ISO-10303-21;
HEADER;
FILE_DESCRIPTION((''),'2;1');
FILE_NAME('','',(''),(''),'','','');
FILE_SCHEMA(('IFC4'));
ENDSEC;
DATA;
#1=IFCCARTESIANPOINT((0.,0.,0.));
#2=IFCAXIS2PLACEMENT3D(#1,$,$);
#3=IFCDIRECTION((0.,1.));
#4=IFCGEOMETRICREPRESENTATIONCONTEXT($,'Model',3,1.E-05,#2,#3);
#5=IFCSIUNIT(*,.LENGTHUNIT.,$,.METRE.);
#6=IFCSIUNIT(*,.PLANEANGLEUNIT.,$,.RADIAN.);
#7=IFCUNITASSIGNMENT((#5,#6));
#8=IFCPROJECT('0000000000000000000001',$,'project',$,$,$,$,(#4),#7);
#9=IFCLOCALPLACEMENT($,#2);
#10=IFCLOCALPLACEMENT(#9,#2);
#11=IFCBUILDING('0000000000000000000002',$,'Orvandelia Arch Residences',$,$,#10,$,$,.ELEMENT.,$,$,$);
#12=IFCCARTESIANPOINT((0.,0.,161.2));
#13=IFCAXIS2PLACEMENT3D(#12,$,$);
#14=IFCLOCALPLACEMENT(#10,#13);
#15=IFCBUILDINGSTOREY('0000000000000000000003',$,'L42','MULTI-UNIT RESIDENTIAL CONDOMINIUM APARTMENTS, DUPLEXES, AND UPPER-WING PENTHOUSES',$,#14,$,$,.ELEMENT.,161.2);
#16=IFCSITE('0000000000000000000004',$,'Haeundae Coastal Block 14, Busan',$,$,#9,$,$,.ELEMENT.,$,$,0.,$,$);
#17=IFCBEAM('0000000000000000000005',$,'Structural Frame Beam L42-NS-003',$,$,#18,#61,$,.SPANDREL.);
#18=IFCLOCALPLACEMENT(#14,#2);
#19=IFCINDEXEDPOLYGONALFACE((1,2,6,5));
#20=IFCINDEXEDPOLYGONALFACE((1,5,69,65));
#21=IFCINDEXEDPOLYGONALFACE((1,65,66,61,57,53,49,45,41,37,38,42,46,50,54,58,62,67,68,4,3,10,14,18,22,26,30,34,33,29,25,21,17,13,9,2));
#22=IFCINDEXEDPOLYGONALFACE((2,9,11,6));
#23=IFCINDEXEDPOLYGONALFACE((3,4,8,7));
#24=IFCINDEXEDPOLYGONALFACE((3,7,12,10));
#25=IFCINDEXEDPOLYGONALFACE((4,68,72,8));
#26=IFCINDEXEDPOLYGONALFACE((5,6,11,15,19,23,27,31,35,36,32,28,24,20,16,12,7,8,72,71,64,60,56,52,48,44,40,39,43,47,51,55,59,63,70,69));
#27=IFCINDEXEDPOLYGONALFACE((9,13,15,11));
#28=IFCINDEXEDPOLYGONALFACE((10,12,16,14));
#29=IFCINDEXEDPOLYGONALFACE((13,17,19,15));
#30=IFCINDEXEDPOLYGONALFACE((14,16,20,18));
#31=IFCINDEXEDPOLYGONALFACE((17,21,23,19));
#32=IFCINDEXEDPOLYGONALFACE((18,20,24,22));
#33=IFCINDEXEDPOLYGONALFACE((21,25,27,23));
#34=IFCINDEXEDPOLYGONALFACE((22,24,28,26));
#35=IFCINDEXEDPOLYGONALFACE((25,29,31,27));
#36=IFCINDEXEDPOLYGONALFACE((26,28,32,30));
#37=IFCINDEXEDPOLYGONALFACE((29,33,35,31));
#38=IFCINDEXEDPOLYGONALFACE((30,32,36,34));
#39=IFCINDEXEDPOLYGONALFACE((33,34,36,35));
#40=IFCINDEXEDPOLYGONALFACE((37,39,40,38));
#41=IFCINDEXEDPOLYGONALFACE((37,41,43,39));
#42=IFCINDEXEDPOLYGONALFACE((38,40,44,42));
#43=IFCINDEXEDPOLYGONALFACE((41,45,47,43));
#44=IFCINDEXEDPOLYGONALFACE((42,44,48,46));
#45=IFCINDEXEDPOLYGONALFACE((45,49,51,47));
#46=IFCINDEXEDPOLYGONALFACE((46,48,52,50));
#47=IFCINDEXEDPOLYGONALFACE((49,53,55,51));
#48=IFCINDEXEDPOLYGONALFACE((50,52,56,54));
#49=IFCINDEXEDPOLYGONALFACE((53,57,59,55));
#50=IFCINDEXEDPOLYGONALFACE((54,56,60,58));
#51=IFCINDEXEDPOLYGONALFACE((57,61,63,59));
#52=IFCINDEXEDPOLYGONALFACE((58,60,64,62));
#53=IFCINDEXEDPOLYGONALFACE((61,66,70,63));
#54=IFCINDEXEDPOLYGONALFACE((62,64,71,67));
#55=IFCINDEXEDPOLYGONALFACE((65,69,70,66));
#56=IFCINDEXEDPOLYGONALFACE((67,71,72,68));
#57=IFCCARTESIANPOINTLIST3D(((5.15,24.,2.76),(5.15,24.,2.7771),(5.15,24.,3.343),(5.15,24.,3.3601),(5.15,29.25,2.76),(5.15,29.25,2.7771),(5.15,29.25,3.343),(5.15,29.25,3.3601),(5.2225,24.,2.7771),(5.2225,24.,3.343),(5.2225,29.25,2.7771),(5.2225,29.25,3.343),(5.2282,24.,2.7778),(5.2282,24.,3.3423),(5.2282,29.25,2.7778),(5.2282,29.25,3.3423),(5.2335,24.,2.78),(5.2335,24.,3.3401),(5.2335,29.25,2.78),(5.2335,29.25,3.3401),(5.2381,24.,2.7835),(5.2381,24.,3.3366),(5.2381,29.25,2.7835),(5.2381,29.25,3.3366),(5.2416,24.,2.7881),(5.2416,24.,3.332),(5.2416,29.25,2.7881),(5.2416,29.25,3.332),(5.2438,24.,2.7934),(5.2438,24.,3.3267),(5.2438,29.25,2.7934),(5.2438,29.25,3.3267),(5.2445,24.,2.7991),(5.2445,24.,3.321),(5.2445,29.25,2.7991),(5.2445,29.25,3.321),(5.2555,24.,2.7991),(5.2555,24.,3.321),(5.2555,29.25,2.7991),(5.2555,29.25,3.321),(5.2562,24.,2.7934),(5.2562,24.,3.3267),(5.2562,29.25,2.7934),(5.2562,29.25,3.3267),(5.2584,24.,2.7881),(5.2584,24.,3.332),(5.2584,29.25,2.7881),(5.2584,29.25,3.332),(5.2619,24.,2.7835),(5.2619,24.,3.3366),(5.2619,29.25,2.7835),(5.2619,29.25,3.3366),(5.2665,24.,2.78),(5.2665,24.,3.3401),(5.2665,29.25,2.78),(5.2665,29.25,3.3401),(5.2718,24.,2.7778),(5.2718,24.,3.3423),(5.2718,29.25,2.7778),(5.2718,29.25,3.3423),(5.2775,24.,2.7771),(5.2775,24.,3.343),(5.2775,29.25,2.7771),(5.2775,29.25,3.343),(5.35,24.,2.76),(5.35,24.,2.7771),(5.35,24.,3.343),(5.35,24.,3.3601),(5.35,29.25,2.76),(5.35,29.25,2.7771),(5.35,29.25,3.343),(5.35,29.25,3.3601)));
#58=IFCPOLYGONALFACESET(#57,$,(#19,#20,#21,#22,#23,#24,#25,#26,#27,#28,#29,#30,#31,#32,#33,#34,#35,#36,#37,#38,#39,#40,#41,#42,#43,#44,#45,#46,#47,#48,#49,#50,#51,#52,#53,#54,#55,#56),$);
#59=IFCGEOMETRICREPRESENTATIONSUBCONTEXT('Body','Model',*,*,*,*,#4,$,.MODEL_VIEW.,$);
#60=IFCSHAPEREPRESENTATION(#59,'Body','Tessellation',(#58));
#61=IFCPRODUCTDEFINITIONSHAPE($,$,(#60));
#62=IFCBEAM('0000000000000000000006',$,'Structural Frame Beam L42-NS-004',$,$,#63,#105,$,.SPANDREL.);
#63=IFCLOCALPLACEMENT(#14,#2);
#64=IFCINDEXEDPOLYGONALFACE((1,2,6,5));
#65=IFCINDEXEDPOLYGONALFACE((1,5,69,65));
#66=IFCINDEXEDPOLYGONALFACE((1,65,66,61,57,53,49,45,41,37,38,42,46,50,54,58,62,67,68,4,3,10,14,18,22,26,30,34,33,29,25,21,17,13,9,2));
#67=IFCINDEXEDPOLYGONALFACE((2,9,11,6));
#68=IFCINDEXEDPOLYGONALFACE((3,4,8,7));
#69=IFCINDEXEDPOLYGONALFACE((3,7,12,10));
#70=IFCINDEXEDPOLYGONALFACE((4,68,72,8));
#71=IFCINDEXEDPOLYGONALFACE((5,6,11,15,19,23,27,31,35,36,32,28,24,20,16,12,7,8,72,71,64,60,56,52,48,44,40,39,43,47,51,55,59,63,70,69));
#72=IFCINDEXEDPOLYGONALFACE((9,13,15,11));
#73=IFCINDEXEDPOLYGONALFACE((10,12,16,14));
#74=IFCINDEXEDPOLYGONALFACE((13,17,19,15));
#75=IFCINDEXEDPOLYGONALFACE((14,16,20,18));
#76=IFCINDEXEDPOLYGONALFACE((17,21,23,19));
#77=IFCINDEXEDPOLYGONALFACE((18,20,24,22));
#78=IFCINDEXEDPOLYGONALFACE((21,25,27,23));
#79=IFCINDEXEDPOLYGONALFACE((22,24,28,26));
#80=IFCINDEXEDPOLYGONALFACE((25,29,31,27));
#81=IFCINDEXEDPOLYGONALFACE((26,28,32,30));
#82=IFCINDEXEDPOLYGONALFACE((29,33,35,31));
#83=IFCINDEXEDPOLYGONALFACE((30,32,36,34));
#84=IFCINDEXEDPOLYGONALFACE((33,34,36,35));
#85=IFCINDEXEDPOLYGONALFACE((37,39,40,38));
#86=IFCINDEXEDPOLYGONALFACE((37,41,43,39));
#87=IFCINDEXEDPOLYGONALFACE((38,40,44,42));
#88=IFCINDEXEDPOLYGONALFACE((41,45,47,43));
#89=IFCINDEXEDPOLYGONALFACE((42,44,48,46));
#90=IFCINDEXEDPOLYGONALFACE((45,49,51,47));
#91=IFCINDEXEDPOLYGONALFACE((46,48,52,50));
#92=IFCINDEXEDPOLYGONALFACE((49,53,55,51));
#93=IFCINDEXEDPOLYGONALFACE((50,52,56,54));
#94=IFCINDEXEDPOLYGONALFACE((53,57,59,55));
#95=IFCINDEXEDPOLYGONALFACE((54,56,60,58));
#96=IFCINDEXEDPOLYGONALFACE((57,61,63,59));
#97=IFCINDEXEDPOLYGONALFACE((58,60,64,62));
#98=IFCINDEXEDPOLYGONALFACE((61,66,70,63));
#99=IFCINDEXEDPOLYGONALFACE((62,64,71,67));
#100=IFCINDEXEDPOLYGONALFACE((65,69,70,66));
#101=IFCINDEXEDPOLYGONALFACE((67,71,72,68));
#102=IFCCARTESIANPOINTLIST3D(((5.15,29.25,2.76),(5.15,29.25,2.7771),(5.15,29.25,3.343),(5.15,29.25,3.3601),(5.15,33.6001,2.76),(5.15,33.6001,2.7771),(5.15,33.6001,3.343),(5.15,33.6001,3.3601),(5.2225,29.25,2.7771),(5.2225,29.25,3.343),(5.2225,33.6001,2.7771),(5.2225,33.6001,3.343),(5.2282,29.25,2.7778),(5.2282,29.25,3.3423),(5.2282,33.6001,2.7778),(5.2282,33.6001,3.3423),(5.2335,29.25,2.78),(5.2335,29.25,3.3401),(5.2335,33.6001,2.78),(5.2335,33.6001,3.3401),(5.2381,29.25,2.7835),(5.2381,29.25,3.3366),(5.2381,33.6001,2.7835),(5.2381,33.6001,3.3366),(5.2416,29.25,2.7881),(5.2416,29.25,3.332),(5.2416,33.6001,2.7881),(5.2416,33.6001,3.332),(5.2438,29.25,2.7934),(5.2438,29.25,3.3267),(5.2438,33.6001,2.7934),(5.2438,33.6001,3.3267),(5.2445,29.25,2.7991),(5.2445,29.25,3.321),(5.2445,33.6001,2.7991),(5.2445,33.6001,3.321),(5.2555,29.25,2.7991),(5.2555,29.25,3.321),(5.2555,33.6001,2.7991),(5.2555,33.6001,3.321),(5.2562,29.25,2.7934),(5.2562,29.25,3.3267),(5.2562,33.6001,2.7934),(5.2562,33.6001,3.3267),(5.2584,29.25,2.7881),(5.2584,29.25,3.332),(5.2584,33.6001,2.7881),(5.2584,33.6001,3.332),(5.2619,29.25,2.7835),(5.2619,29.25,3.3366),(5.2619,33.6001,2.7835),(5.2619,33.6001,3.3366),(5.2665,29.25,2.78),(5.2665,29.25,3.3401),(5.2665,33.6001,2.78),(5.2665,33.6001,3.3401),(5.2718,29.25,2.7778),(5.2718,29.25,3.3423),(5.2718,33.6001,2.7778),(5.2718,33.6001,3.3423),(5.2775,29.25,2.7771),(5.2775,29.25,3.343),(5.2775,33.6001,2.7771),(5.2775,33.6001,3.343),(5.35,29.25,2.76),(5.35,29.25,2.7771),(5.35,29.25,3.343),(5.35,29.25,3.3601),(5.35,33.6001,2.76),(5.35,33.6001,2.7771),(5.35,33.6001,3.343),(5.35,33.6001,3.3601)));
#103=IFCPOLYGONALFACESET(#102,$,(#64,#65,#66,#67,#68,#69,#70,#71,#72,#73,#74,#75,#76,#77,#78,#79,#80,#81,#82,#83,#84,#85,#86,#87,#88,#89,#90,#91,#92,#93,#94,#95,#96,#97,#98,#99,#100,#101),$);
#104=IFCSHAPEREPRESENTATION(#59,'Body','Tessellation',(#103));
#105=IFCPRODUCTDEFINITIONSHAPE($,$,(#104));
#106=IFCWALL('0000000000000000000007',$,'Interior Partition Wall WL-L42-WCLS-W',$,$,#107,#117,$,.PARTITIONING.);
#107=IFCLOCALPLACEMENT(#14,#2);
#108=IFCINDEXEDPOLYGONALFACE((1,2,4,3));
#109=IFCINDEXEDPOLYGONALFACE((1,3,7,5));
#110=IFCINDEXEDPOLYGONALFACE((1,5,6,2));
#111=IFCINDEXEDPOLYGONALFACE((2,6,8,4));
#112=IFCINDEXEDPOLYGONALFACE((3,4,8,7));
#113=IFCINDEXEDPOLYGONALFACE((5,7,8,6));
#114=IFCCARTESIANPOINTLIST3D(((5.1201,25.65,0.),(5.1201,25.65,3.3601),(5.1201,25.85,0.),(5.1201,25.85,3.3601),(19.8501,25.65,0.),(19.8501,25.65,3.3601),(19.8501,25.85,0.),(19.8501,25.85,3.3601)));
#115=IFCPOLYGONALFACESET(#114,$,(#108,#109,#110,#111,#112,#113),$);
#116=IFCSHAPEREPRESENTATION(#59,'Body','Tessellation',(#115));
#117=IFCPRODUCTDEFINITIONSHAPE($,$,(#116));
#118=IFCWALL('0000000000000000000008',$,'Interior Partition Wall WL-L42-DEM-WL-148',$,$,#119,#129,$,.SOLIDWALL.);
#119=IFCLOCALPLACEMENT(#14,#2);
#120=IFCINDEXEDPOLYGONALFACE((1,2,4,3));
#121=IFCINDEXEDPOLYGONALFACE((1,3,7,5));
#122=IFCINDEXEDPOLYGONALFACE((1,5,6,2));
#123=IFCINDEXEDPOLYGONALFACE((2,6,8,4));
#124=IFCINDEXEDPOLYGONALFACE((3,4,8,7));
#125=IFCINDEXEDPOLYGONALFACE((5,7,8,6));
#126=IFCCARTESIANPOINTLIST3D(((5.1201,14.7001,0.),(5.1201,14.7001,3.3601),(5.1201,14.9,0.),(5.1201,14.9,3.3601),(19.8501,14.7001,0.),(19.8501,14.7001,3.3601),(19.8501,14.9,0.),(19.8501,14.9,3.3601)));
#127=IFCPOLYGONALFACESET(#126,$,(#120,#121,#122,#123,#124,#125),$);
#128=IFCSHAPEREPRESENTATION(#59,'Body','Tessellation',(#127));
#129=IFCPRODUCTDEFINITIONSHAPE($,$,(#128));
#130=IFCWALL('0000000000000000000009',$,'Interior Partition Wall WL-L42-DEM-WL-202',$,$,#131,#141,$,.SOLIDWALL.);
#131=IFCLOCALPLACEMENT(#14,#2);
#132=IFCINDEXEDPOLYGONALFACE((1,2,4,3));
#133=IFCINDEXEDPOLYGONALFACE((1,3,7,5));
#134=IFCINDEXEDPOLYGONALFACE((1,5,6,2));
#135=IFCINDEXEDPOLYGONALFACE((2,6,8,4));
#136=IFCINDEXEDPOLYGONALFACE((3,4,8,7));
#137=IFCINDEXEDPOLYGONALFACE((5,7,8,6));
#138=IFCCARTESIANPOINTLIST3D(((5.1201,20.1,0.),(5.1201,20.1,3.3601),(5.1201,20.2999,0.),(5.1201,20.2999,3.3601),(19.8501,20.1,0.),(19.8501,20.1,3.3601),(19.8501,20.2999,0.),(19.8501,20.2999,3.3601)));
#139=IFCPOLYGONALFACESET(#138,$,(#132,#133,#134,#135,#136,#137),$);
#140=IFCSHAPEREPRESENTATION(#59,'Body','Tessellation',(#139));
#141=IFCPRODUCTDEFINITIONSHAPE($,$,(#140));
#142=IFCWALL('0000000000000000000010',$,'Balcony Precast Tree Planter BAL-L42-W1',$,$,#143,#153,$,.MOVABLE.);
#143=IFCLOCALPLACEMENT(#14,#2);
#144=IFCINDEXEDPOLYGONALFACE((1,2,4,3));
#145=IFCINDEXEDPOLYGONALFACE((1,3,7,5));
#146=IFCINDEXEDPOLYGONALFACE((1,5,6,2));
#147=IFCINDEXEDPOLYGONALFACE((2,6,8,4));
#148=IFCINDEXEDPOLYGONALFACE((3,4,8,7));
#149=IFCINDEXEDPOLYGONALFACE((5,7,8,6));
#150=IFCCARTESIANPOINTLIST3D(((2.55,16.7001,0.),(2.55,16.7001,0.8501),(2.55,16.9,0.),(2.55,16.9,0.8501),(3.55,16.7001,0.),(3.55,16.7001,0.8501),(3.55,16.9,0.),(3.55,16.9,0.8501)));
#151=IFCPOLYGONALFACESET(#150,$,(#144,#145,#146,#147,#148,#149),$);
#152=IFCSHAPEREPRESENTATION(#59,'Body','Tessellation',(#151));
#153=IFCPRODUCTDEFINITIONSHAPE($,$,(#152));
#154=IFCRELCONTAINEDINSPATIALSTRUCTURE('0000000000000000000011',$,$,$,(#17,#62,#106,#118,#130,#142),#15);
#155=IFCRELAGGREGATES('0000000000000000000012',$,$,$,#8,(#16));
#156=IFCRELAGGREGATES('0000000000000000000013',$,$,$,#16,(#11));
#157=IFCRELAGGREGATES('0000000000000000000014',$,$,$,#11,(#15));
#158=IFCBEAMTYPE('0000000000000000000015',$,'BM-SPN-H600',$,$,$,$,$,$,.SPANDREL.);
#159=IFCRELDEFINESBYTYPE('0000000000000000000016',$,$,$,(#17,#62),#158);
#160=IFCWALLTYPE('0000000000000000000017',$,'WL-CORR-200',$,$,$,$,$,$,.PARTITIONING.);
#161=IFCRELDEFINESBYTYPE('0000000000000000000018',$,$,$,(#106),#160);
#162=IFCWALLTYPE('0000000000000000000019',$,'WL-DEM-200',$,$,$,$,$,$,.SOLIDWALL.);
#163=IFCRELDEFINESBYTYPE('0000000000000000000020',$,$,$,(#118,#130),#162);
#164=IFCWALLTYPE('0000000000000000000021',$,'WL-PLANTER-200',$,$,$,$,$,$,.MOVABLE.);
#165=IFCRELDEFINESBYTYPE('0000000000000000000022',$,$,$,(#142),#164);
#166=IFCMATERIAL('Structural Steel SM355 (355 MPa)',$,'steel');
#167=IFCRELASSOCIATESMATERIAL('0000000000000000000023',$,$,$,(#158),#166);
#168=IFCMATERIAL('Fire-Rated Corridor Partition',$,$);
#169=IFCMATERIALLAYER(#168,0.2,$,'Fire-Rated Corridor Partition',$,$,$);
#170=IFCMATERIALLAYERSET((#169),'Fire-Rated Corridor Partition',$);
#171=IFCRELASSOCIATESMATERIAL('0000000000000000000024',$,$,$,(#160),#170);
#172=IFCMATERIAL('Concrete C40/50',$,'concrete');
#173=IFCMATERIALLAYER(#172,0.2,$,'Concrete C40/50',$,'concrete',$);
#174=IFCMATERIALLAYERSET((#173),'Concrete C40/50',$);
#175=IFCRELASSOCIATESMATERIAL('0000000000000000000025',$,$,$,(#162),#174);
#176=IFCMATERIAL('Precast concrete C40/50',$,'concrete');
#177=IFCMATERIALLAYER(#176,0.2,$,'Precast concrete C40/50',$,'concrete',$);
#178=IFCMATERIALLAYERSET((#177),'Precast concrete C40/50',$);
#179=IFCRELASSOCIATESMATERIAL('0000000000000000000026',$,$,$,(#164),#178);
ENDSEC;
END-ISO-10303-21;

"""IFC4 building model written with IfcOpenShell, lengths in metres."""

from ifc_helpers import new_model, si_unit, direction, frame, frame_2d, origin, origin_2d, place, context, subcontext, project, spatial, rectangle, i_section, extrude, material, layer, layer_set, material_profile, profile_set, type_object, element, save


model = new_model("IFC4")

# Units and contexts
model_context = context("Model", 3, precision=1e-05, world=origin(), true_north=direction((0.0, 1.0)))
body_context = subcontext(model_context, "Body", "Model", "MODEL_VIEW")
ifc_project = project(units=[si_unit("LENGTHUNIT", "METRE"), si_unit("PLANEANGLEUNIT", "RADIAN")], contexts=[model_context])

# Site, building, storey
site_placement = place(None, origin())
site = spatial("IfcSite", under=ifc_project, at=site_placement, Name="Haeundae Coastal Block 14, Busan", CompositionType="ELEMENT", RefElevation=0.0)
building_placement = place(site_placement, origin())
building = spatial("IfcBuilding", under=site, at=building_placement, Name="Orvandelia Arch Residences", CompositionType="ELEMENT")
storey_placement = place(building_placement, frame((0.0, 0.0, 161.2)))
storey = spatial("IfcBuildingStorey", under=building, at=storey_placement, Name="L42", Description="MULTI-UNIT RESIDENTIAL CONDOMINIUM APARTMENTS, DUPLEXES, AND UPPER-WING PENTHOUSES", CompositionType="ELEMENT", Elevation=161.2)

# Beams
ifc_material_1 = material(Name="Structural Steel SM355 (355 MPa)", Category="steel")
ifc_material_profile_1 = material_profile(ifc_material_1, i_section(OverallWidth=0.2, OverallDepth=0.6001, WebThickness=0.011, FlangeThickness=0.0171, FilletRadius=0.022, at=origin_2d()), Name="Structural Steel SM355 (355 MPa)", Category="steel")
ifc_profile_set_1 = profile_set([ifc_material_profile_1], Name="Structural Steel SM355 (355 MPa)")
beam_type_1 = type_object("IfcBeamType", Name="BM-SPN-H600", PredefinedType="SPANDREL", material=ifc_profile_set_1)
beam_1_placement = place(storey_placement, frame((5.25, 24.0, 3.0601), z_axis=(0.0, 1.0, 0.0), x_axis=(-1.0, 0.0, 0.0)))
element("IfcBeam", 1, at=beam_1_placement, inside=storey, type_object=beam_type_1, Name="Structural Frame Beam L42-NS-003", PredefinedType="SPANDREL", context=body_context, shape_type="SweptSolid", body=[
    extrude(i_section(OverallWidth=0.2, OverallDepth=0.6001, WebThickness=0.011, FlangeThickness=0.0171, FilletRadius=0.022, at=origin_2d()), origin(), (0.0, 0.0, 1.0), 5.25),
])
beam_2_placement = place(storey_placement, frame((5.25, 29.25, 3.0601), z_axis=(0.0, 1.0, 0.0), x_axis=(-1.0, 0.0, 0.0)))
element("IfcBeam", 2, at=beam_2_placement, inside=storey, type_object=beam_type_1, Name="Structural Frame Beam L42-NS-004", PredefinedType="SPANDREL", context=body_context, shape_type="SweptSolid", body=[
    extrude(i_section(OverallWidth=0.2, OverallDepth=0.6001, WebThickness=0.011, FlangeThickness=0.0171, FilletRadius=0.022, at=origin_2d()), origin(), (0.0, 0.0, 1.0), 4.3501),
])

# Walls
ifc_material_2 = material(Name="Fire-Rated Corridor Partition")
ifc_layer_1 = layer(ifc_material_2, 0.2, Name="Fire-Rated Corridor Partition")
ifc_layer_set_1 = layer_set([ifc_layer_1], Name="Fire-Rated Corridor Partition")
wall_type_1 = type_object("IfcWallType", Name="WL-CORR-200", PredefinedType="PARTITIONING", material=ifc_layer_set_1)
wall_1_placement = place(storey_placement, frame((5.1201, 25.75, 0.0), z_axis=(0.0, 0.0, 1.0), x_axis=(1.0, 0.0, 0.0)))
element("IfcWall", 3, at=wall_1_placement, inside=storey, type_object=wall_type_1, Name="Interior Partition Wall WL-L42-WCLS-W", PredefinedType="PARTITIONING", context=body_context, shape_type="SweptSolid", body=[
    extrude(rectangle(XDim=14.73, YDim=0.2, at=frame_2d((7.365, 0.0))), origin(), (0.0, 0.0, 1.0), 3.3601),
])
ifc_material_3 = material(Name="Concrete C40/50", Category="concrete")
ifc_layer_2 = layer(ifc_material_3, 0.2, Name="Concrete C40/50", Category="concrete")
ifc_layer_set_2 = layer_set([ifc_layer_2], Name="Concrete C40/50")
wall_type_2 = type_object("IfcWallType", Name="WL-DEM-200", PredefinedType="SOLIDWALL", material=ifc_layer_set_2)
for number, where, z_axis, x_axis, name in (
    (4, (5.1201, 14.8, 0.0), (0.0, 0.0, 1.0), (1.0, 0.0, 0.0), "Interior Partition Wall WL-L42-DEM-WL-148"),
    (5, (5.1201, 20.2, 0.0), (0.0, 0.0, 1.0), (1.0, 0.0, 0.0), "Interior Partition Wall WL-L42-DEM-WL-202"),
):
    element("IfcWall", number, at=place(storey_placement, frame(where, z_axis=z_axis, x_axis=x_axis)), inside=storey, type_object=wall_type_2, Name=name, PredefinedType="SOLIDWALL", context=body_context, shape_type="SweptSolid", body=[
        extrude(rectangle(XDim=14.73, YDim=0.2, at=frame_2d((7.365, 0.0))), origin(), (0.0, 0.0, 1.0), 3.3601),
    ])
ifc_material_4 = material(Name="Precast concrete C40/50", Category="concrete")
ifc_layer_3 = layer(ifc_material_4, 0.2, Name="Precast concrete C40/50", Category="concrete")
ifc_layer_set_3 = layer_set([ifc_layer_3], Name="Precast concrete C40/50")
wall_type_3 = type_object("IfcWallType", Name="WL-PLANTER-200", PredefinedType="MOVABLE", material=ifc_layer_set_3)
wall_2_placement = place(storey_placement, frame((2.55, 16.8, 0.0), z_axis=(0.0, 0.0, 1.0), x_axis=(1.0, 0.0, 0.0)))
element("IfcWall", 6, at=wall_2_placement, inside=storey, type_object=wall_type_3, Name="Balcony Precast Tree Planter BAL-L42-W1", PredefinedType="MOVABLE", context=body_context, shape_type="SweptSolid", body=[
    extrude(rectangle(XDim=1.0, YDim=0.2, at=frame_2d((0.5, 0.0))), origin(), (0.0, 0.0, 1.0), 0.8501),
])

save(model, "model.ifc")
